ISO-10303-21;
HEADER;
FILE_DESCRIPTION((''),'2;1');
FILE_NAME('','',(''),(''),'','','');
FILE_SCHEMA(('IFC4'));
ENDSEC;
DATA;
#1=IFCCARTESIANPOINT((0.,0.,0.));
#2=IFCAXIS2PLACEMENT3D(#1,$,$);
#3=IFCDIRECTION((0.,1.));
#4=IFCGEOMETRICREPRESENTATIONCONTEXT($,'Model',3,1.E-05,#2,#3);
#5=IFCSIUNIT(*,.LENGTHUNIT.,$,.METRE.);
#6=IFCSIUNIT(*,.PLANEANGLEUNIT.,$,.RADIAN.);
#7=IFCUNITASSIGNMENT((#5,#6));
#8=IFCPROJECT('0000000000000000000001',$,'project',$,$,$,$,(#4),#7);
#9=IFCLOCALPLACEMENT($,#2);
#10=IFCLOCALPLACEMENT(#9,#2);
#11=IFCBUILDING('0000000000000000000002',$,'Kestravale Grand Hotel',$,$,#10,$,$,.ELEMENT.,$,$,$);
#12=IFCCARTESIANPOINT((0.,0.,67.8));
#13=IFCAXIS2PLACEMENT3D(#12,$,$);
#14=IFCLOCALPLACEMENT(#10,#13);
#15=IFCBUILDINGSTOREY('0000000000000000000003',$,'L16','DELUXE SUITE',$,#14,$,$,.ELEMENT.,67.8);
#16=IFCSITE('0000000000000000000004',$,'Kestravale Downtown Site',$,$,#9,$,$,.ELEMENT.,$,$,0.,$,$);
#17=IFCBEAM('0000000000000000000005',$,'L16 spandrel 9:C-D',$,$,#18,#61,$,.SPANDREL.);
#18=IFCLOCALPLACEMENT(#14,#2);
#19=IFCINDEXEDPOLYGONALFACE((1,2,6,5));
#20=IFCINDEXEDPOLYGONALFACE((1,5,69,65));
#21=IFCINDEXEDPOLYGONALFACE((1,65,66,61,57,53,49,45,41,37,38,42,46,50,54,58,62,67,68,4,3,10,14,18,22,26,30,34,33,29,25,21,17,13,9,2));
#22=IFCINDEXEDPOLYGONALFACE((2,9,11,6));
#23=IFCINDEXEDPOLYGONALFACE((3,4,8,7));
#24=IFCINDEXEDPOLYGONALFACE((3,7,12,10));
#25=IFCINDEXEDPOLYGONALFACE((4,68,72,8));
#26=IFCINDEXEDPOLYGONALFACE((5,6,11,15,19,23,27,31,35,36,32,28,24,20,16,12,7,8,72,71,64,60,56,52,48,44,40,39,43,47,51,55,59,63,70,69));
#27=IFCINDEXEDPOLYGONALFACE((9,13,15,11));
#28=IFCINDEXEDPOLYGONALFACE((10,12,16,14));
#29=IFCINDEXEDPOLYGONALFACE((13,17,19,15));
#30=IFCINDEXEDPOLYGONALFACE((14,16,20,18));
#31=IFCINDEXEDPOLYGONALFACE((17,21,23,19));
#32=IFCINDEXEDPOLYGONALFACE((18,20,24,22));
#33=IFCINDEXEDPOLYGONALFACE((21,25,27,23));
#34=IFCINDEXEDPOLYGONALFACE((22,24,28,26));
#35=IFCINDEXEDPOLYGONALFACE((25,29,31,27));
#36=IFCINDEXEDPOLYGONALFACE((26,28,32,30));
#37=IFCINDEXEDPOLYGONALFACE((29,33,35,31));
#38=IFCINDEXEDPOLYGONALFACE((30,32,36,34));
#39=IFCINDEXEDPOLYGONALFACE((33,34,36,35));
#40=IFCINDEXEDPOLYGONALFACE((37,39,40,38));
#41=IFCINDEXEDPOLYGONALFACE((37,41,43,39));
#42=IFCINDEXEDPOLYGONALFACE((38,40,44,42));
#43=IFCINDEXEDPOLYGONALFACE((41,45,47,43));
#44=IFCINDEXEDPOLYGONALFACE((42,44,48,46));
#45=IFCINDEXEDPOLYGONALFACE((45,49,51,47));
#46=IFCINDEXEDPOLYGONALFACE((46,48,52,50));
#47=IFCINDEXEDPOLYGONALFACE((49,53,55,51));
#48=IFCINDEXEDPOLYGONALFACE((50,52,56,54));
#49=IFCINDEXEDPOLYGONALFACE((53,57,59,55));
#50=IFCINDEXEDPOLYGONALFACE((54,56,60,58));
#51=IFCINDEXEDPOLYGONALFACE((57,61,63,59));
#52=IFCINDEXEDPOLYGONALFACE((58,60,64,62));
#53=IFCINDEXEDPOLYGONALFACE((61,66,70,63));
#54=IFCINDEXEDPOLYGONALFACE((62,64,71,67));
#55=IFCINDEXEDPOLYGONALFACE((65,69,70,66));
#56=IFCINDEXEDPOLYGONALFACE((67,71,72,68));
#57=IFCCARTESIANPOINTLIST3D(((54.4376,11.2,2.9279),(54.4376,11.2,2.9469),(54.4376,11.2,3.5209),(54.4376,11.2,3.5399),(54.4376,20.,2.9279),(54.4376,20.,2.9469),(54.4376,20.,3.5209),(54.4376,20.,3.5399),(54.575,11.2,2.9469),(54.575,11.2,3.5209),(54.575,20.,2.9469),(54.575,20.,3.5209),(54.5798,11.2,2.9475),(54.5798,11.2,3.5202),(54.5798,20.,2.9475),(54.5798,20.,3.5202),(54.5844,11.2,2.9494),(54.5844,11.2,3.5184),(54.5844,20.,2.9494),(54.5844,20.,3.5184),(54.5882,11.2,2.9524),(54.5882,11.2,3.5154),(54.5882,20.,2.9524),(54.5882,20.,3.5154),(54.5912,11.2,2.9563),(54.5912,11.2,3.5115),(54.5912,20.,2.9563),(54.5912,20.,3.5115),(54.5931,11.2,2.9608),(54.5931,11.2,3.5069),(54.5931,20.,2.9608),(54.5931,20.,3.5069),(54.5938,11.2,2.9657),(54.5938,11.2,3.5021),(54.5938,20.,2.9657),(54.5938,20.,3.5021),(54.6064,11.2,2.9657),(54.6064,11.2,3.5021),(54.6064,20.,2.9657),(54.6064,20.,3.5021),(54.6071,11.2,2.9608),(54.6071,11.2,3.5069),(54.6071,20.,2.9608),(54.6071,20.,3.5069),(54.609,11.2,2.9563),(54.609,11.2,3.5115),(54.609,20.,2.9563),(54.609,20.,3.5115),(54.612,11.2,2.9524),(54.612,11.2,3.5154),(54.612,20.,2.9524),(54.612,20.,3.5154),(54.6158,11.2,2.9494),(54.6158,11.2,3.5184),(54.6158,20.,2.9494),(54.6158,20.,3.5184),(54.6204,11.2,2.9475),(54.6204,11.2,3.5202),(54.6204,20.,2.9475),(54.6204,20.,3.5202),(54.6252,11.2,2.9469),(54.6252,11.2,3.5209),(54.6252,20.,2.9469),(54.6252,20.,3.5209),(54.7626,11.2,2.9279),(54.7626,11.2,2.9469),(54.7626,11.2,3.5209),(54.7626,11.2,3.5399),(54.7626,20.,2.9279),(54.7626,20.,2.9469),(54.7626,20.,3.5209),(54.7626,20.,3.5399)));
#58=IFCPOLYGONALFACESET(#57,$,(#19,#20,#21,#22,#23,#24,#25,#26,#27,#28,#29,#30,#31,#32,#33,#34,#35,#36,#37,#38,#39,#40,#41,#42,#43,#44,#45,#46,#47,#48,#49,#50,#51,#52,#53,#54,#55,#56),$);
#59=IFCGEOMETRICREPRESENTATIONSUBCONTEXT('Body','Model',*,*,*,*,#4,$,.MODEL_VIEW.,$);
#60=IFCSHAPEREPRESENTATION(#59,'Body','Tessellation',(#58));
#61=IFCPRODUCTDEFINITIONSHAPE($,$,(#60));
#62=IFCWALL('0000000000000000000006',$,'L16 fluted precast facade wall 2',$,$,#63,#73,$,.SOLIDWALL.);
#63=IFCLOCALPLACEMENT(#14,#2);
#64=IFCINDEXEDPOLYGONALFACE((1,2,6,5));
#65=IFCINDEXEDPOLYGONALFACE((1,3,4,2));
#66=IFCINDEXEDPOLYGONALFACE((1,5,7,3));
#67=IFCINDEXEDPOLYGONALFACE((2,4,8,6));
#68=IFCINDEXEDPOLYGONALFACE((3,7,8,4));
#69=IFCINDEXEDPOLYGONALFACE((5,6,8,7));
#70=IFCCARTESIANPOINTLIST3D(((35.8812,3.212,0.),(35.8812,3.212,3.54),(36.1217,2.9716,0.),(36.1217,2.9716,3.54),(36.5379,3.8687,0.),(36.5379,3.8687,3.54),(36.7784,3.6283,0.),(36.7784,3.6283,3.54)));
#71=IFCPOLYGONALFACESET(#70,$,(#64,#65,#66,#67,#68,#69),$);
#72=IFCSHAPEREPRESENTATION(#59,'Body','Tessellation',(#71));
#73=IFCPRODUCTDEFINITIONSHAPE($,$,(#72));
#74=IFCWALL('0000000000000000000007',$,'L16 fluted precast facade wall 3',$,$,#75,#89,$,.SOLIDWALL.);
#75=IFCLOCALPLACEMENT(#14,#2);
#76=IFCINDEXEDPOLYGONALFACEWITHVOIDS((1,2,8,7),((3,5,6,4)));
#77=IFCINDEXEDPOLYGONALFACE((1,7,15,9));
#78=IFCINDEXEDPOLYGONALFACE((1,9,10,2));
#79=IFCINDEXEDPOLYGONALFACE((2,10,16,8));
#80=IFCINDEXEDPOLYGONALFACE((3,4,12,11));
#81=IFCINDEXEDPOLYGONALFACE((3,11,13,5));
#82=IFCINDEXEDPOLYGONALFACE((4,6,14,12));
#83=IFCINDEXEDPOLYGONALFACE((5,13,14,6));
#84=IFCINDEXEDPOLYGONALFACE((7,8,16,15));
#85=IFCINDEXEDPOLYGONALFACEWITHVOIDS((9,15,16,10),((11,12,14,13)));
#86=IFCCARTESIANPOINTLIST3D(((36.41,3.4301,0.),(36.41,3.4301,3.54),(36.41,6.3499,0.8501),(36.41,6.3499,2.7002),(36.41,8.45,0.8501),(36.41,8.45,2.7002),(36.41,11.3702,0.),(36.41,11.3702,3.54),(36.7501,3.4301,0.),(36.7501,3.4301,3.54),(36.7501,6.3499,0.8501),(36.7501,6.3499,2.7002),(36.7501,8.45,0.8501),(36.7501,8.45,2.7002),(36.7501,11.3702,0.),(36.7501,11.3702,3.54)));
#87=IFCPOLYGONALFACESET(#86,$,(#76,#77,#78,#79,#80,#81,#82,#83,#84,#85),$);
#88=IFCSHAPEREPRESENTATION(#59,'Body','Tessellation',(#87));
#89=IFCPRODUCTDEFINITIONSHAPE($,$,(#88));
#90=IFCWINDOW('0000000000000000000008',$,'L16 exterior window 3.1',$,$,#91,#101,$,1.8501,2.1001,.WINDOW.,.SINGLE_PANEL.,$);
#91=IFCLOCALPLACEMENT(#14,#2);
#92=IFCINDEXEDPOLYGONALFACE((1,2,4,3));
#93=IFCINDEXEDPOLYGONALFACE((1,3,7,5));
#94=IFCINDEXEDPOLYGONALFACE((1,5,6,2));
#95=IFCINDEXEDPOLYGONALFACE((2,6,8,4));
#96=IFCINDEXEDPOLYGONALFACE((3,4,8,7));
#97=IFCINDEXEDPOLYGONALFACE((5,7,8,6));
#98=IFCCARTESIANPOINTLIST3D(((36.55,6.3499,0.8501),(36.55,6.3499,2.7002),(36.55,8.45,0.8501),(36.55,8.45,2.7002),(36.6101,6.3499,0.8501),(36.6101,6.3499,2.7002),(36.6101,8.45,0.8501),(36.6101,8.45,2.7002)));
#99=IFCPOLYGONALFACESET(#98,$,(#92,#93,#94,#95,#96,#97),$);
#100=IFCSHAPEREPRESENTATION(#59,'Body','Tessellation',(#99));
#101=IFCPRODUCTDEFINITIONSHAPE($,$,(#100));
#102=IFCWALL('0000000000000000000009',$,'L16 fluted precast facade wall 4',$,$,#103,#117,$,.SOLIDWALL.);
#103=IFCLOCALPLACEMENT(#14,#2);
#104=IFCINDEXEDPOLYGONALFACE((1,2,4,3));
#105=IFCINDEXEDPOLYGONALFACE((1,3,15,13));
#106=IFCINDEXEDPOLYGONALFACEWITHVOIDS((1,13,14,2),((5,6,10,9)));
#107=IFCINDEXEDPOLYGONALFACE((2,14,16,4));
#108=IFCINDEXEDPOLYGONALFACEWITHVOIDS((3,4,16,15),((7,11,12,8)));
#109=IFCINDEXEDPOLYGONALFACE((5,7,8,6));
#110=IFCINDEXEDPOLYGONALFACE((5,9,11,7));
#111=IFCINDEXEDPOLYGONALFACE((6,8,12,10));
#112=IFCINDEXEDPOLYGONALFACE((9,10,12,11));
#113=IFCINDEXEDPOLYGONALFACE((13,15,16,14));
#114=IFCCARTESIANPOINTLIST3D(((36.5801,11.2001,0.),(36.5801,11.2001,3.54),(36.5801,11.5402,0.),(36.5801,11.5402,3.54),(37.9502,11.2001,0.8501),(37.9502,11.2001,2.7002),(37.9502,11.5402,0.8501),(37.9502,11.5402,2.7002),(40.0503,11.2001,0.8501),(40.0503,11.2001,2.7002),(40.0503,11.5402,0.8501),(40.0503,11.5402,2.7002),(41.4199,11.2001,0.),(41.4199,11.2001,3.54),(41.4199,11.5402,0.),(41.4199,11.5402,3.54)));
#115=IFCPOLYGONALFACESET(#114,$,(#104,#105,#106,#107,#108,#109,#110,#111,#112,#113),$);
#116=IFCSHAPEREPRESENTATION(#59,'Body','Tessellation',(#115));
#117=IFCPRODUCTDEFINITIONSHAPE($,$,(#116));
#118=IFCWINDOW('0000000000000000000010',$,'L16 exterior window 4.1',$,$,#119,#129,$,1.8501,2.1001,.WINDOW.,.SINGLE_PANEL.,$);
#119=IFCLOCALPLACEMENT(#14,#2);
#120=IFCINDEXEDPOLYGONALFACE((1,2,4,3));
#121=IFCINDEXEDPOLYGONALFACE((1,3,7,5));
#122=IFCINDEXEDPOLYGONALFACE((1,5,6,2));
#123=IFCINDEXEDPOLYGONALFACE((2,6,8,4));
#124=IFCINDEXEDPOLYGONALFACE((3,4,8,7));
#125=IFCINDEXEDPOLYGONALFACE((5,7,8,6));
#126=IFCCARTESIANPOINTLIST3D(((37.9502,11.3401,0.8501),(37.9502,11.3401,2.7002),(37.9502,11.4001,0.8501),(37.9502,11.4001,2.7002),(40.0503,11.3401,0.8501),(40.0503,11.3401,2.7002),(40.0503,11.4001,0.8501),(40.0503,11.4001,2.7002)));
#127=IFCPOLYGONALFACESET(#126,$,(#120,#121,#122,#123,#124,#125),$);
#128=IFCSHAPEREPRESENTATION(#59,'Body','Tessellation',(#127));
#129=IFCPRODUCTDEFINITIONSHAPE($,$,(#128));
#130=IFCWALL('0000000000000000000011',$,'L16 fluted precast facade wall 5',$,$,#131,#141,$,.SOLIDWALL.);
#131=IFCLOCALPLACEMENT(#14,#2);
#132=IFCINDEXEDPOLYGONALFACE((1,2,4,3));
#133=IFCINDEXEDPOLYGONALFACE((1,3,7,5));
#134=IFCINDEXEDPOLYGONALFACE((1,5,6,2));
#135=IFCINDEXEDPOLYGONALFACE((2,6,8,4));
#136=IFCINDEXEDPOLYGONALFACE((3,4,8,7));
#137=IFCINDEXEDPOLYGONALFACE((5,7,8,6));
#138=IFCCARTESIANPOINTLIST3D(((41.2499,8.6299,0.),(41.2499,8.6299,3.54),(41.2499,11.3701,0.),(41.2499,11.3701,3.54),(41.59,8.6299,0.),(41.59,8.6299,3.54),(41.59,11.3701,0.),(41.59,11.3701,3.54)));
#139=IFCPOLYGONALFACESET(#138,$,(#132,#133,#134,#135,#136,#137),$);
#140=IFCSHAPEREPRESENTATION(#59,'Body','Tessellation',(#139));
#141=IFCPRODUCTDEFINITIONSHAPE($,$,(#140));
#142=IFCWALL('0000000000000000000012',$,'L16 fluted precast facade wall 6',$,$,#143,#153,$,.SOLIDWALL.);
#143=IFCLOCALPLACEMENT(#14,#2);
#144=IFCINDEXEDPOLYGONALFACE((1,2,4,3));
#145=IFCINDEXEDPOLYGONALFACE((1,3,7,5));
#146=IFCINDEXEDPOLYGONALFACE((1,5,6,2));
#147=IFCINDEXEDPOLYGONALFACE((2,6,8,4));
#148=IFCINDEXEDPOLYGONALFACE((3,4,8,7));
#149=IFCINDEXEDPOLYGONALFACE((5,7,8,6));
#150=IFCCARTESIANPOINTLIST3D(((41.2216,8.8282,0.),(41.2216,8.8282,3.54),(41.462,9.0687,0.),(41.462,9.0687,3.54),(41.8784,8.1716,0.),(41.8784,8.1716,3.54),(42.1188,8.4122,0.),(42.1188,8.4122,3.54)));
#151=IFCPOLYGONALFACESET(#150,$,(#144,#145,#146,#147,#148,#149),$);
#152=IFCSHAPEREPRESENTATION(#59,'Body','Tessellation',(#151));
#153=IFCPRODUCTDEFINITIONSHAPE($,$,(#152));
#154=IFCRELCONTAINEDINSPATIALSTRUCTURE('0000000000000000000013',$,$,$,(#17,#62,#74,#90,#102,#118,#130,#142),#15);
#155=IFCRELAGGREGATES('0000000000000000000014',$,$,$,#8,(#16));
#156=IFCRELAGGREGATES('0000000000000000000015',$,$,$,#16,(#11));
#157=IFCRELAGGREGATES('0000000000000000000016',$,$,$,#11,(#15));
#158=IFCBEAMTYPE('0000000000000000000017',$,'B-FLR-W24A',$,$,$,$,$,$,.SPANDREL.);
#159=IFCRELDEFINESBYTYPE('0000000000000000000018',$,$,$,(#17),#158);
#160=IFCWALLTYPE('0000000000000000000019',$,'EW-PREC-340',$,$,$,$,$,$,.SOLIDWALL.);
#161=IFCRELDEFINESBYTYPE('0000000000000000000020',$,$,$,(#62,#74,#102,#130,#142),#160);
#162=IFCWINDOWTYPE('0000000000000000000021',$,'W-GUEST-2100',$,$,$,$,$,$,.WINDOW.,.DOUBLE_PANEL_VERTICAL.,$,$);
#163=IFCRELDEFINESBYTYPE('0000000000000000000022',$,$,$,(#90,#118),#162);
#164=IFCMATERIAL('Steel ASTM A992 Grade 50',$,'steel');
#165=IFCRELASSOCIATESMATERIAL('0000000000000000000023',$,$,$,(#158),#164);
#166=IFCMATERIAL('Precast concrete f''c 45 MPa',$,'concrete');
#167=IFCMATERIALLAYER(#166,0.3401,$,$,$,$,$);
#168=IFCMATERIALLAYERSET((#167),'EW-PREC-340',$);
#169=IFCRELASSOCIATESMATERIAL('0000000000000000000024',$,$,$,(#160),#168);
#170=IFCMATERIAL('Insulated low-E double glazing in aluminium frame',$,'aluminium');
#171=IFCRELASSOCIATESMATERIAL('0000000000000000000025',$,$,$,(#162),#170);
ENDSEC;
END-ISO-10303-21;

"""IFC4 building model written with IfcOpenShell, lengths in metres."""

from ifc_helpers import new_model, si_unit, direction, frame, frame_2d, origin, origin_2d, place, context, subcontext, project, spatial, rectangle, i_section, extrude, material, layer, layer_set, material_profile, profile_set, type_object, element, fill, save


model = new_model("IFC4")

# Units and contexts
model_context = context("Model", 3, precision=1e-05, world=origin(), true_north=direction((0.0, 1.0)))
body_context = subcontext(model_context, "Body", "Model", "MODEL_VIEW")
ifc_project = project(units=[si_unit("LENGTHUNIT", "METRE"), si_unit("PLANEANGLEUNIT", "RADIAN")], contexts=[model_context])

# Site, building, storey
site_placement = place(None, origin())
site = spatial("IfcSite", under=ifc_project, at=site_placement, Name="Kestravale Downtown Site", CompositionType="ELEMENT", RefElevation=0.0)
building_placement = place(site_placement, origin())
building = spatial("IfcBuilding", under=site, at=building_placement, Name="Kestravale Grand Hotel", CompositionType="ELEMENT")
storey_placement = place(building_placement, frame((0.0, 0.0, 67.8)))
storey = spatial("IfcBuildingStorey", under=building, at=storey_placement, Name="L16", Description="DELUXE SUITE", CompositionType="ELEMENT", Elevation=67.8)

# Beam
ifc_material_1 = material(Name="Steel ASTM A992 Grade 50", Category="steel")
ifc_material_profile_1 = material_profile(ifc_material_1, i_section(OverallWidth=0.325, OverallDepth=0.6121, WebThickness=0.0127, FlangeThickness=0.019, FilletRadius=0.0188, at=origin_2d()))
ifc_profile_set_1 = profile_set([ifc_material_profile_1], Name="Steel ASTM A992 Grade 50")
beam_type_1 = type_object("IfcBeamType", Name="B-FLR-W24A", PredefinedType="SPANDREL", material=ifc_profile_set_1)
beam_1_placement = place(storey_placement, frame((54.6001, 11.2, 3.2339), z_axis=(0.0, 1.0, 0.0), x_axis=(-1.0, 0.0, 0.0)))
element("IfcBeam", 1, at=beam_1_placement, inside=storey, type_object=beam_type_1, Name="L16 spandrel 9:C-D", PredefinedType="SPANDREL", context=body_context, shape_type="SweptSolid", body=[
    extrude(i_section(OverallWidth=0.325, OverallDepth=0.6121, WebThickness=0.0127, FlangeThickness=0.019, FilletRadius=0.0188, at=origin_2d()), origin(), (0.0, 0.0, 1.0), 8.8),
])

# Wall
ifc_material_2 = material(Name="Precast concrete f'c 45 MPa", Category="concrete")
ifc_layer_1 = layer(ifc_material_2, 0.3401)
ifc_layer_set_1 = layer_set([ifc_layer_1], Name="EW-PREC-340")
wall_type_1 = type_object("IfcWallType", Name="EW-PREC-340", PredefinedType="SOLIDWALL", material=ifc_layer_set_1)
wall_1_placement = place(storey_placement, frame((36.0015, 3.0918, 0.0), z_axis=(0.0, 0.0, 1.0), x_axis=(0.707107, 0.707107, 0.0)))
element("IfcWall", 2, at=wall_1_placement, inside=storey, type_object=wall_type_1, Name="L16 fluted precast facade wall 2", PredefinedType="SOLIDWALL", context=body_context, shape_type="SweptSolid", body=[
    extrude(rectangle(XDim=0.9287, YDim=0.3401, at=frame_2d((0.4644, 0.0))), origin(), (0.0, 0.0, 1.0), 3.54),
])

# Walls, openings, windows
wall_2_placement = place(storey_placement, frame((36.5801, 3.4299, 0.0), z_axis=(0.0, 0.0, 1.0), x_axis=(0.0, 1.0, 0.0)))
wall_2 = element("IfcWall", 3, at=wall_2_placement, inside=storey, type_object=wall_type_1, Name="L16 fluted precast facade wall 3", PredefinedType="SOLIDWALL", context=body_context, shape_type="SweptSolid", body=[
    extrude(rectangle(XDim=7.9402, YDim=0.3401, at=frame_2d((3.9702, 0.0))), origin(), (0.0, 0.0, 1.0), 3.54),
])
opening_1_placement = place(wall_2_placement, frame((2.9199, 0.0, 0.8501)))
opening_1 = element("IfcOpeningElement", 4, at=opening_1_placement, cuts=wall_2, PredefinedType="OPENING", context=body_context, shape_type="SweptSolid", body=[
    extrude(rectangle(XDim=2.1001, YDim=1.8501, at=frame_2d((1.05, 0.925))), frame((0.0, 0.1799, 0.0), z_axis=(0.0, -1.0, 0.0), x_axis=(1.0, 0.0, 0.0)), (0.0, 0.0, 1.0), 0.3601),
])
ifc_material_3 = material(Name="Insulated low-E double glazing in aluminium frame", Category="aluminium")
window_type_1 = type_object("IfcWindowType", Name="W-GUEST-2100", PartitioningType="DOUBLE_PANEL_VERTICAL", PredefinedType="WINDOW", material=ifc_material_3)
window_1_placement = place(opening_1_placement, origin())
window_1 = element("IfcWindow", 5, at=window_1_placement, inside=storey, type_object=window_type_1, Name="L16 exterior window 3.1", OverallHeight=1.8501, OverallWidth=2.1001, PartitioningType="SINGLE_PANEL", PredefinedType="WINDOW", context=body_context, shape_type="SweptSolid", body=[
    extrude(rectangle(XDim=2.1001, YDim=1.8501, at=frame_2d((1.05, 0.925))), frame((0.0, 0.03, 0.0), z_axis=(0.0, -1.0, 0.0), x_axis=(1.0, 0.0, 0.0)), (0.0, 0.0, 1.0), 0.0601),
])
fill(opening_1, window_1)
wall_3_placement = place(storey_placement, frame((36.5801, 11.3701, 0.0), z_axis=(0.0, 0.0, 1.0), x_axis=(1.0, 0.0, 0.0)))
wall_3 = element("IfcWall", 6, at=wall_3_placement, inside=storey, type_object=wall_type_1, Name="L16 fluted precast facade wall 4", PredefinedType="SOLIDWALL", context=body_context, shape_type="SweptSolid", body=[
    extrude(rectangle(XDim=4.8398, YDim=0.3401, at=frame_2d((2.4199, 0.0))), origin(), (0.0, 0.0, 1.0), 3.54),
])
opening_2_placement = place(wall_3_placement, frame((1.3701, 0.0, 0.8501)))
opening_2 = element("IfcOpeningElement", 7, at=opening_2_placement, cuts=wall_3, PredefinedType="OPENING", context=body_context, shape_type="SweptSolid", body=[
    extrude(rectangle(XDim=2.1001, YDim=1.8501, at=frame_2d((1.05, 0.925))), frame((0.0, 0.1799, 0.0), z_axis=(0.0, -1.0, 0.0), x_axis=(1.0, 0.0, 0.0)), (0.0, 0.0, 1.0), 0.3601),
])
window_2_placement = place(opening_2_placement, origin())
window_2 = element("IfcWindow", 8, at=window_2_placement, inside=storey, type_object=window_type_1, Name="L16 exterior window 4.1", OverallHeight=1.8501, OverallWidth=2.1001, PartitioningType="SINGLE_PANEL", PredefinedType="WINDOW", context=body_context, shape_type="SweptSolid", body=[
    extrude(rectangle(XDim=2.1001, YDim=1.8501, at=frame_2d((1.05, 0.925))), frame((0.0, 0.03, 0.0), z_axis=(0.0, -1.0, 0.0), x_axis=(1.0, 0.0, 0.0)), (0.0, 0.0, 1.0), 0.0601),
])
fill(opening_2, window_2)

# Walls
wall_4_placement = place(storey_placement, frame((41.4199, 11.3701, 0.0), z_axis=(0.0, 0.0, 1.0), x_axis=(0.0, -1.0, 0.0)))
element("IfcWall", 9, at=wall_4_placement, inside=storey, type_object=wall_type_1, Name="L16 fluted precast facade wall 5", PredefinedType="SOLIDWALL", context=body_context, shape_type="SweptSolid", body=[
    extrude(rectangle(XDim=2.7402, YDim=0.3401, at=frame_2d((1.3701, 0.0))), origin(), (0.0, 0.0, 1.0), 3.54),
])
wall_5_placement = place(storey_placement, frame((41.3418, 8.9485, 0.0), z_axis=(0.0, 0.0, 1.0), x_axis=(0.707238, -0.706975, 0.0)))
element("IfcWall", 10, at=wall_5_placement, inside=storey, type_object=wall_type_1, Name="L16 fluted precast facade wall 6", PredefinedType="SOLIDWALL", context=body_context, shape_type="SweptSolid", body=[
    extrude(rectangle(XDim=0.9287, YDim=0.3401, at=frame_2d((0.4644, 0.0))), origin(), (0.0, 0.0, 1.0), 3.54),
])

save(model, "model.ifc")
